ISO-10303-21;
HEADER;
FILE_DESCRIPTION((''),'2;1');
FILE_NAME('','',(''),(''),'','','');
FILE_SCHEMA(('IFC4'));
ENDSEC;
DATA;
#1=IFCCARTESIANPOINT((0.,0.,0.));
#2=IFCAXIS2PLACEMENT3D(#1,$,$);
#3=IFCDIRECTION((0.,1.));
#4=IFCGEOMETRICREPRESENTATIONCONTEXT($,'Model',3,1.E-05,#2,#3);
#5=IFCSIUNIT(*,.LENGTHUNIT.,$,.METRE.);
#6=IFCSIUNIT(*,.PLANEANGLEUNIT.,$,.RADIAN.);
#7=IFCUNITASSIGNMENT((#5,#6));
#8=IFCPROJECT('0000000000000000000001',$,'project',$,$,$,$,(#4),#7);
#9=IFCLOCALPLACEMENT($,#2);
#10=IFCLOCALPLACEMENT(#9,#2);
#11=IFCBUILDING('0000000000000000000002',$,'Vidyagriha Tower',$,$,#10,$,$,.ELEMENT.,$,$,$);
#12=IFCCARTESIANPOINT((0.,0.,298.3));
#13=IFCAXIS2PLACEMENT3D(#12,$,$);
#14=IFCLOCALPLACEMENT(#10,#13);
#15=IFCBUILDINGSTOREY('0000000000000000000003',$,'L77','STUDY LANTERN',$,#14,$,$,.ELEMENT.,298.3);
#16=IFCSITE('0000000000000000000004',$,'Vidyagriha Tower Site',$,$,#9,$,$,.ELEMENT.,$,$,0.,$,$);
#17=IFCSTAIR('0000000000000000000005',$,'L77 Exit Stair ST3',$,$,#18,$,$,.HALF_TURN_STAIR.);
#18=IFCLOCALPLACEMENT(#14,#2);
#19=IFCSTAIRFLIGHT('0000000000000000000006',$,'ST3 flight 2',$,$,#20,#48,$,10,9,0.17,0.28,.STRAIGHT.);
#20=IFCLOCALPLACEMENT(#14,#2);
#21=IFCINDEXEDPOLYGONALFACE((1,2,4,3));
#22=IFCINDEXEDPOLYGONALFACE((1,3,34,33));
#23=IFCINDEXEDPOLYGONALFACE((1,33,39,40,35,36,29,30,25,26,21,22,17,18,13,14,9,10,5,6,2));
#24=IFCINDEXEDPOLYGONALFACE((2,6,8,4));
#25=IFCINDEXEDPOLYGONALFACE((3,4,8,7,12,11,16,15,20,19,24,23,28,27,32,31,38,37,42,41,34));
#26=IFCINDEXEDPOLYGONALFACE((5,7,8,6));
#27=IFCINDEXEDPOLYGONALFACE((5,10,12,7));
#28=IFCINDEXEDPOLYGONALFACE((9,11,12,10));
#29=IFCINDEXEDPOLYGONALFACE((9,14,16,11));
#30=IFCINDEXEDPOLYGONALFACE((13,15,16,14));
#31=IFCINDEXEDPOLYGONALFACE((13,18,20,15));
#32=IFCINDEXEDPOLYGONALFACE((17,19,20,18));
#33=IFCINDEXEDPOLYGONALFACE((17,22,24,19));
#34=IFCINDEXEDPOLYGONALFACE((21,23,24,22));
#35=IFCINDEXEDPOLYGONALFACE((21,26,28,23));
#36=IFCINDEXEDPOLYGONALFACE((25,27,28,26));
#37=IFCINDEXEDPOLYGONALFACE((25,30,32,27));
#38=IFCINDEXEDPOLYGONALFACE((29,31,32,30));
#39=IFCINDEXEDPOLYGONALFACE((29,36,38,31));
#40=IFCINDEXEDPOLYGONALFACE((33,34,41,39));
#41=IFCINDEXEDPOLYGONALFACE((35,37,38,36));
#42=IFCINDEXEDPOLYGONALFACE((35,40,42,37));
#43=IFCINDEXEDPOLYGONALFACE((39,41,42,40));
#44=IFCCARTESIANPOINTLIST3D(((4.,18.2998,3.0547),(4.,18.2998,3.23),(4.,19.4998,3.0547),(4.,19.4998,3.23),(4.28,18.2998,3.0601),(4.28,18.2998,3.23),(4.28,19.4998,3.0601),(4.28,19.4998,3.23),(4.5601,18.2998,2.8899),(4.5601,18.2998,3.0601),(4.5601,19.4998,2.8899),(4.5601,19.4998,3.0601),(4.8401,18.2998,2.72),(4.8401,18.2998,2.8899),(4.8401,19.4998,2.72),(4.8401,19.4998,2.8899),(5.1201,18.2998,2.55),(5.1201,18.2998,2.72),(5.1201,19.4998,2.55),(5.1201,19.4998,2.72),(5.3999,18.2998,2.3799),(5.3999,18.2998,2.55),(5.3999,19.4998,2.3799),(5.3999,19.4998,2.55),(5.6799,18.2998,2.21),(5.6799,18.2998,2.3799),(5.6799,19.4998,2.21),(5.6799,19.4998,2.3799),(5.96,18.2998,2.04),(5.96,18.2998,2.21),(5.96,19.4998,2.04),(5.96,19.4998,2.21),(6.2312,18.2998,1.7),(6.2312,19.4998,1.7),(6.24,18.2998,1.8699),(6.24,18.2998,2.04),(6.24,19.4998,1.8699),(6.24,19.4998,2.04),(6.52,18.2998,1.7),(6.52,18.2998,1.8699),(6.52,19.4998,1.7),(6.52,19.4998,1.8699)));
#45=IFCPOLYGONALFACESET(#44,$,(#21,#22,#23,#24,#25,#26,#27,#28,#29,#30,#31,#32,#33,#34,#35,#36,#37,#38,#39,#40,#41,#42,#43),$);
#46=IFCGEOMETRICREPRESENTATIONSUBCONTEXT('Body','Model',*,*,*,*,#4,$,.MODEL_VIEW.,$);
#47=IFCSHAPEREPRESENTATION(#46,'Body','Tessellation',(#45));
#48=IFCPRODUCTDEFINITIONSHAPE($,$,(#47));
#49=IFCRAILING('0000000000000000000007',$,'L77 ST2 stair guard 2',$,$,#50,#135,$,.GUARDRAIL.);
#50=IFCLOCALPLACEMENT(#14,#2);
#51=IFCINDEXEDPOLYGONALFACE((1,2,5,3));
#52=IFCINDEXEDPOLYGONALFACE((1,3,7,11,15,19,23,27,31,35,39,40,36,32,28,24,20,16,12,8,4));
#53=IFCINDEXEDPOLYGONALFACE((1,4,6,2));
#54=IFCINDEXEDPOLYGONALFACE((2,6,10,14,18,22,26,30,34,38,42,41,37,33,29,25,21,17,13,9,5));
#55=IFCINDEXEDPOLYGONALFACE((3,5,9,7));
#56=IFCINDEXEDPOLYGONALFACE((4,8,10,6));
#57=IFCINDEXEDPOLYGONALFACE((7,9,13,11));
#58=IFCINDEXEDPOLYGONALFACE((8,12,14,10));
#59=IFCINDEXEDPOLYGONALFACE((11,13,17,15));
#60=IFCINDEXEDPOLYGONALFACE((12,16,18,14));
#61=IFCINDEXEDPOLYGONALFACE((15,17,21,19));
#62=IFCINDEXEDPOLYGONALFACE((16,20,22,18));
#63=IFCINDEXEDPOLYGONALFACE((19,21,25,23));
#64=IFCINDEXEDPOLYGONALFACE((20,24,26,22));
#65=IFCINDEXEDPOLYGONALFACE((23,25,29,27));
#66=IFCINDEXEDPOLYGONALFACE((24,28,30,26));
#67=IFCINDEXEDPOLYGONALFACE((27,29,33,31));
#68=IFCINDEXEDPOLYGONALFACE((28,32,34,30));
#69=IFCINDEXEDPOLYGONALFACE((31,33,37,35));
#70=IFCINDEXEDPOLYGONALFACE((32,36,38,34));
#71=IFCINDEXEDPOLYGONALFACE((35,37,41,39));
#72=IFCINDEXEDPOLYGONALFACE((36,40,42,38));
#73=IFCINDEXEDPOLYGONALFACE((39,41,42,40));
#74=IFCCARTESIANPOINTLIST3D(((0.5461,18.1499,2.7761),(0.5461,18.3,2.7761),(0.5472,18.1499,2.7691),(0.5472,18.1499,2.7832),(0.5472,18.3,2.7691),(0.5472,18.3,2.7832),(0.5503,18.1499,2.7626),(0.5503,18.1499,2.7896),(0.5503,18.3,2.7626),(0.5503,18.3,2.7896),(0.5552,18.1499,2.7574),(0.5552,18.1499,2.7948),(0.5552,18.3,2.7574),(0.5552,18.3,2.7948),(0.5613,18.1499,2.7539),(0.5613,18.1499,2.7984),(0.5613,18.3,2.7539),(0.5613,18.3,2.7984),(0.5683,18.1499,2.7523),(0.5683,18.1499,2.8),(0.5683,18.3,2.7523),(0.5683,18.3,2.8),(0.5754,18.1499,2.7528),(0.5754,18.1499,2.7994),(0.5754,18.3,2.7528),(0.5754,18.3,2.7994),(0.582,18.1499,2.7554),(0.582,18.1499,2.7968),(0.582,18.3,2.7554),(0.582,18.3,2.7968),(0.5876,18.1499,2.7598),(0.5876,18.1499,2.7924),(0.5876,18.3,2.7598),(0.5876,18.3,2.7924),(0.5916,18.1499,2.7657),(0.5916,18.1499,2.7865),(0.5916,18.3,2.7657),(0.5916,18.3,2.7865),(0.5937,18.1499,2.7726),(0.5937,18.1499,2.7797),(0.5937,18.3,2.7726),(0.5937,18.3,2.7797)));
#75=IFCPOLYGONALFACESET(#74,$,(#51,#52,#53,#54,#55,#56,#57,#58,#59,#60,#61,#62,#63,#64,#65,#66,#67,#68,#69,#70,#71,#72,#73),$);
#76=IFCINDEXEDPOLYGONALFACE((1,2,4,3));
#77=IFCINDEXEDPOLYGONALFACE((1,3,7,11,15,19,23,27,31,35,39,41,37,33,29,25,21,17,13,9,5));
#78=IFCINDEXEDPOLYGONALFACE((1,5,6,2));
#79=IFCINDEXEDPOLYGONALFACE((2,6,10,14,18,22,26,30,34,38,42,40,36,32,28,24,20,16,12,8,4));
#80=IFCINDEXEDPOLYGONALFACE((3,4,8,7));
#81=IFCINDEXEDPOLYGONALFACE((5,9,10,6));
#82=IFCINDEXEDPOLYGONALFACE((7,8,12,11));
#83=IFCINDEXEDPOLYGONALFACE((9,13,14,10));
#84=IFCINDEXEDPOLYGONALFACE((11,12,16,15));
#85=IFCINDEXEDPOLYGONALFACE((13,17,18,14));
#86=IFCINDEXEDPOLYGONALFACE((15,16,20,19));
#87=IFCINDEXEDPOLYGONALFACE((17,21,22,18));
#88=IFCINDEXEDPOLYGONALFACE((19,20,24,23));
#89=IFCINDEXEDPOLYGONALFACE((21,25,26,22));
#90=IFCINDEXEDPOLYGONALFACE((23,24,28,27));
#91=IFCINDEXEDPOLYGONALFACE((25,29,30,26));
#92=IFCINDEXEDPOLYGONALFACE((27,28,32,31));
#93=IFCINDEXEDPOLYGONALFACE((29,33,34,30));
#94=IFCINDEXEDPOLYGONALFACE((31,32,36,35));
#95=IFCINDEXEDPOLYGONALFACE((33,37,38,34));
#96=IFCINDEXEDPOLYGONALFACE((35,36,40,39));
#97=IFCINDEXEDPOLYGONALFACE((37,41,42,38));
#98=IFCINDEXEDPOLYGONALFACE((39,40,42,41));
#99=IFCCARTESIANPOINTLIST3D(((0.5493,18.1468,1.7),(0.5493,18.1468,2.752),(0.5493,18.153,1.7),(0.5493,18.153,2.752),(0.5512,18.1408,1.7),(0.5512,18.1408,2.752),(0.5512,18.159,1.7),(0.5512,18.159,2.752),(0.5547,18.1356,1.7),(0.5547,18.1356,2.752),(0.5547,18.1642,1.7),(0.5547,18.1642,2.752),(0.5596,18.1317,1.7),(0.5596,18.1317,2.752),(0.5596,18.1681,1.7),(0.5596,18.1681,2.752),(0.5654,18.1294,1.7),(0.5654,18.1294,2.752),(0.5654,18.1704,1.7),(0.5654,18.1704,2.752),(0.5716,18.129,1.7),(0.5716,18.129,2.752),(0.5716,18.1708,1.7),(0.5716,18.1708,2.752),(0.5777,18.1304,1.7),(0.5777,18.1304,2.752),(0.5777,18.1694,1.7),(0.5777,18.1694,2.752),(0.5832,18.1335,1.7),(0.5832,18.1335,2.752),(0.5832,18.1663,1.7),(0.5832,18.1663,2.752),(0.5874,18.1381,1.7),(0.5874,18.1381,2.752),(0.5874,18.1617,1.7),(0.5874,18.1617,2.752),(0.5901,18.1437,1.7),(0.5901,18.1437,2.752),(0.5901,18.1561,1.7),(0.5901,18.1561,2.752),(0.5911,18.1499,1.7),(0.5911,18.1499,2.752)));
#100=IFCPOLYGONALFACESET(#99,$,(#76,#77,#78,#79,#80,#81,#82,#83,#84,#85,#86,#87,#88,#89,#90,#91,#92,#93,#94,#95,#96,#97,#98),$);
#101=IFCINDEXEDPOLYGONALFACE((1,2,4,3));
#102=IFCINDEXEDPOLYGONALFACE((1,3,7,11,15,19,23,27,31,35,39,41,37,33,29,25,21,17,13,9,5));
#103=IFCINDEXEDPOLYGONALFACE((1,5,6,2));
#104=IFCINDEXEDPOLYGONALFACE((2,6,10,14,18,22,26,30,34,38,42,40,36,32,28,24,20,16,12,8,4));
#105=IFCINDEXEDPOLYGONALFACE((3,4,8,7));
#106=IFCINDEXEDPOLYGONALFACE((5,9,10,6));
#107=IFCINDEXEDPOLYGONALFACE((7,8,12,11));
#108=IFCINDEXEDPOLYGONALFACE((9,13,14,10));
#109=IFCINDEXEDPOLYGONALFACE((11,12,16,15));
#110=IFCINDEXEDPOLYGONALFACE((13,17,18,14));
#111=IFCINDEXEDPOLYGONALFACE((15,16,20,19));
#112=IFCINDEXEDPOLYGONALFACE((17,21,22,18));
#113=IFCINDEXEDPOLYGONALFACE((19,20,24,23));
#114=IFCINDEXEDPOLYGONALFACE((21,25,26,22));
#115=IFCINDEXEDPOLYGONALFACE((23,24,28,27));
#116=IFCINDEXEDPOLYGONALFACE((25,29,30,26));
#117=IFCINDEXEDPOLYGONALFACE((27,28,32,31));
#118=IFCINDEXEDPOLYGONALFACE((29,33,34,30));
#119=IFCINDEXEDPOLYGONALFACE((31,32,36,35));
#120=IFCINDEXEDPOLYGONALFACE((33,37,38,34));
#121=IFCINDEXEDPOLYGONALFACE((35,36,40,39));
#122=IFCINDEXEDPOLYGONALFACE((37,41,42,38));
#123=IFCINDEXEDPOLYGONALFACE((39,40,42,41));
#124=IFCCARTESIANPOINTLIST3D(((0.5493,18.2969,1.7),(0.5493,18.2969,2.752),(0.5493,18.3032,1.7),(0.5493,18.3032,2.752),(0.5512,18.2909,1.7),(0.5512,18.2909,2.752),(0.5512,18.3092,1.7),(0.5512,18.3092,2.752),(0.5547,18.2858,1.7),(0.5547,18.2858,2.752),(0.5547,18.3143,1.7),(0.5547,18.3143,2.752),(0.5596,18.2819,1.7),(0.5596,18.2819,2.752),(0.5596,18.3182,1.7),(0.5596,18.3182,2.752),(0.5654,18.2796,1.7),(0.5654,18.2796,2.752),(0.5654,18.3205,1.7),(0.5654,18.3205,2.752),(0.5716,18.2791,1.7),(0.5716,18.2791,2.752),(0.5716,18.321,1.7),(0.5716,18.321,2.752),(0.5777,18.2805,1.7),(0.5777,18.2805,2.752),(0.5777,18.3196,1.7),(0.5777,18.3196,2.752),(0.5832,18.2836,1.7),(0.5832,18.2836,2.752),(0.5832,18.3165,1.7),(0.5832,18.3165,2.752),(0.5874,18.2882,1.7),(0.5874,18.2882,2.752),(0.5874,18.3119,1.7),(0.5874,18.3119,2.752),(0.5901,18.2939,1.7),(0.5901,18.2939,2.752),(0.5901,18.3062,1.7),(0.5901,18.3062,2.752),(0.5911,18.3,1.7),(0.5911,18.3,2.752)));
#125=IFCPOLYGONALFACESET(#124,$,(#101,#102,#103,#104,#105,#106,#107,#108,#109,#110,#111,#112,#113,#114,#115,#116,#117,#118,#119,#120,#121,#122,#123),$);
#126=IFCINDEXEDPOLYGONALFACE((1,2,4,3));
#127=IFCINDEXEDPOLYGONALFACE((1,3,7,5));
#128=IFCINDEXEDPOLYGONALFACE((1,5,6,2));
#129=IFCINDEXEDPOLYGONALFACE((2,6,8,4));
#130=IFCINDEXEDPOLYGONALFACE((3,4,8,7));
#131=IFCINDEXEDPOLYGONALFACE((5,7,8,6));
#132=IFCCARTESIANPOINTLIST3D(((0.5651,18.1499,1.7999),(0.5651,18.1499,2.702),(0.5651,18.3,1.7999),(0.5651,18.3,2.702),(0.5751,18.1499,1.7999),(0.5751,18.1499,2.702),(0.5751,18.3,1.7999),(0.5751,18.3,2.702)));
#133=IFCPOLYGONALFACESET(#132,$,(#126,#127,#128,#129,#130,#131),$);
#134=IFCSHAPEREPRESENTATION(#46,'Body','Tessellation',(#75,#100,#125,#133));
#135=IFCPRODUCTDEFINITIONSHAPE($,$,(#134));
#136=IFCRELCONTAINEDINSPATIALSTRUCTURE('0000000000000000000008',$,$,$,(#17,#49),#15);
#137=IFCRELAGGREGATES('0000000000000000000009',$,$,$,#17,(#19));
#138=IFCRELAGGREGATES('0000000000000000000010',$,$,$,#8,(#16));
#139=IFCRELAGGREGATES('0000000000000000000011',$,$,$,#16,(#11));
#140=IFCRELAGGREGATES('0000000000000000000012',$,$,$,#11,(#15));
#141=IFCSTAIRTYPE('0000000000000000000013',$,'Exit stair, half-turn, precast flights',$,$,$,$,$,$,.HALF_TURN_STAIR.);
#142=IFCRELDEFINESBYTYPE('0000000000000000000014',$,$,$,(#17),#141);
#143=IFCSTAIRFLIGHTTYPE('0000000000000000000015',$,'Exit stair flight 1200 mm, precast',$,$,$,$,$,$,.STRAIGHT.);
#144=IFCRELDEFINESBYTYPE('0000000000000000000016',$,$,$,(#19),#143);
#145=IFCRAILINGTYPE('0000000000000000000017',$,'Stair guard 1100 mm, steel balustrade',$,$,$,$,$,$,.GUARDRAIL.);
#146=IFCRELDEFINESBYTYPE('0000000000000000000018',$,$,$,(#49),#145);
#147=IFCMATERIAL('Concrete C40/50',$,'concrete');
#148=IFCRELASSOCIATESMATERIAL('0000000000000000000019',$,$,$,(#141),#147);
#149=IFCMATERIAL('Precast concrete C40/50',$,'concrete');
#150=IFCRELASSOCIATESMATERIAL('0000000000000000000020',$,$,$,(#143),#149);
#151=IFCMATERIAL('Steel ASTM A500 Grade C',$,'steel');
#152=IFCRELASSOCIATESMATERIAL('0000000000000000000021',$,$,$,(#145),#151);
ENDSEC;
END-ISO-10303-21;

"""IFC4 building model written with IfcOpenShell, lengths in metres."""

from ifc_helpers import new_model, si_unit, direction, frame, origin, origin_2d, place, context, subcontext, project, spatial, polyline, rectangle, circle, outline, extrude, material, type_object, element, aggregate, save


model = new_model("IFC4")

# Units and contexts
model_context = context("Model", 3, precision=1e-05, world=origin(), true_north=direction((0.0, 1.0)))
body_context = subcontext(model_context, "Body", "Model", "MODEL_VIEW")
ifc_project = project(units=[si_unit("LENGTHUNIT", "METRE"), si_unit("PLANEANGLEUNIT", "RADIAN")], contexts=[model_context])

# Site, building, storey
site_placement = place(None, origin())
site = spatial("IfcSite", under=ifc_project, at=site_placement, Name="Vidyagriha Tower Site", CompositionType="ELEMENT", RefElevation=0.0)
building_placement = place(site_placement, origin())
building = spatial("IfcBuilding", under=site, at=building_placement, Name="Vidyagriha Tower", CompositionType="ELEMENT")
storey_placement = place(building_placement, frame((0.0, 0.0, 298.3)))
storey = spatial("IfcBuildingStorey", under=building, at=storey_placement, Name="L77", Description="STUDY LANTERN", CompositionType="ELEMENT", Elevation=298.3)

# Shared definitions
ifc_material_1 = material(Name="Concrete C40/50", Category="concrete")
stair_type = type_object("IfcStairType", Name="Exit stair, half-turn, precast flights", PredefinedType="HALF_TURN_STAIR", material=ifc_material_1)
ifc_material_2 = material(Name="Precast concrete C40/50", Category="concrete")
stair_flight_type = type_object("IfcStairFlightType", Name="Exit stair flight 1200 mm, precast", PredefinedType="STRAIGHT", material=ifc_material_2)

# Stair, stair flight
stair_1_placement = place(storey_placement, origin())
stair_1 = element("IfcStair", 1, at=stair_1_placement, inside=storey, type_object=stair_type, Name="L77 Exit Stair ST3", PredefinedType="HALF_TURN_STAIR")
stair_flight_1_placement = place(storey_placement, frame((6.52, 18.8999, 1.7), z_axis=(0.0, 0.0, 1.0), x_axis=(-1.0, 0.0, 0.0)))
stair_flight_1 = element("IfcStairFlight", 2, at=stair_flight_1_placement, type_object=stair_flight_type, Name="ST3 flight 2", NumberOfRisers=10, NumberOfTreads=9, PredefinedType="STRAIGHT", RiserHeight=0.17, TreadLength=0.28, context=body_context, shape_type="SweptSolid", body=[
    extrude(outline(polyline([(0.0, 0.0), (0.0, 0.1699), (0.28, 0.1699), (0.28, 0.3401), (0.5601, 0.3401), (0.5601, 0.51), (0.8401, 0.51), (0.8401, 0.6799), (1.1201, 0.6799), (1.1201, 0.8501), (1.3999, 0.8501), (1.3999, 1.02), (1.6799, 1.02), (1.6799, 1.1899), (1.96, 1.1899), (1.96, 1.3601), (2.24, 1.3601), (2.24, 1.53), (2.52, 1.53), (2.52, 1.7), (2.52, 1.3547), (0.2888, 0.0), (0.0, 0.0)])), frame((0.0, 0.6001, 0.0), z_axis=(0.0, -1.0, 0.0), x_axis=(1.0, 0.0, 0.0)), (0.0, 0.0, 1.0), 1.2),
])
aggregate(stair_1, [stair_flight_1])

# Railing
ifc_material_3 = material(Name="Steel ASTM A500 Grade C", Category="steel")
railing_type_1 = type_object("IfcRailingType", Name="Stair guard 1100 mm, steel balustrade", PredefinedType="GUARDRAIL", material=ifc_material_3)
railing_1_placement = place(storey_placement, frame((0.5701, 18.1499, 1.7)))
element("IfcRailing", 3, at=railing_1_placement, inside=storey, type_object=railing_type_1, Name="L77 ST2 stair guard 2", PredefinedType="GUARDRAIL", context=body_context, shape_type="SweptSolid", body=[
    extrude(circle(Radius=0.0239, at=origin_2d()), frame((0.0, 0.0, 1.0762), z_axis=(0.0, 1.0, 0.0), x_axis=(-1.0, 0.0, 0.0)), (0.0, 0.0, 1.0), 0.1501),
    extrude(circle(Radius=0.021, at=origin_2d()), origin(), (0.0, 0.0, 1.0), 1.052),
    extrude(circle(Radius=0.021, at=origin_2d()), frame((0.0, 0.1501, 0.0)), (0.0, 0.0, 1.0), 1.052),
    extrude(rectangle(XDim=0.01, YDim=0.9021, at=origin_2d()), frame((0.0, 0.0, 0.551), z_axis=(0.0, 1.0, 0.0), x_axis=(-1.0, 0.0, 0.0)), (0.0, 0.0, 1.0), 0.1501),
])

save(model, "model.ifc")
